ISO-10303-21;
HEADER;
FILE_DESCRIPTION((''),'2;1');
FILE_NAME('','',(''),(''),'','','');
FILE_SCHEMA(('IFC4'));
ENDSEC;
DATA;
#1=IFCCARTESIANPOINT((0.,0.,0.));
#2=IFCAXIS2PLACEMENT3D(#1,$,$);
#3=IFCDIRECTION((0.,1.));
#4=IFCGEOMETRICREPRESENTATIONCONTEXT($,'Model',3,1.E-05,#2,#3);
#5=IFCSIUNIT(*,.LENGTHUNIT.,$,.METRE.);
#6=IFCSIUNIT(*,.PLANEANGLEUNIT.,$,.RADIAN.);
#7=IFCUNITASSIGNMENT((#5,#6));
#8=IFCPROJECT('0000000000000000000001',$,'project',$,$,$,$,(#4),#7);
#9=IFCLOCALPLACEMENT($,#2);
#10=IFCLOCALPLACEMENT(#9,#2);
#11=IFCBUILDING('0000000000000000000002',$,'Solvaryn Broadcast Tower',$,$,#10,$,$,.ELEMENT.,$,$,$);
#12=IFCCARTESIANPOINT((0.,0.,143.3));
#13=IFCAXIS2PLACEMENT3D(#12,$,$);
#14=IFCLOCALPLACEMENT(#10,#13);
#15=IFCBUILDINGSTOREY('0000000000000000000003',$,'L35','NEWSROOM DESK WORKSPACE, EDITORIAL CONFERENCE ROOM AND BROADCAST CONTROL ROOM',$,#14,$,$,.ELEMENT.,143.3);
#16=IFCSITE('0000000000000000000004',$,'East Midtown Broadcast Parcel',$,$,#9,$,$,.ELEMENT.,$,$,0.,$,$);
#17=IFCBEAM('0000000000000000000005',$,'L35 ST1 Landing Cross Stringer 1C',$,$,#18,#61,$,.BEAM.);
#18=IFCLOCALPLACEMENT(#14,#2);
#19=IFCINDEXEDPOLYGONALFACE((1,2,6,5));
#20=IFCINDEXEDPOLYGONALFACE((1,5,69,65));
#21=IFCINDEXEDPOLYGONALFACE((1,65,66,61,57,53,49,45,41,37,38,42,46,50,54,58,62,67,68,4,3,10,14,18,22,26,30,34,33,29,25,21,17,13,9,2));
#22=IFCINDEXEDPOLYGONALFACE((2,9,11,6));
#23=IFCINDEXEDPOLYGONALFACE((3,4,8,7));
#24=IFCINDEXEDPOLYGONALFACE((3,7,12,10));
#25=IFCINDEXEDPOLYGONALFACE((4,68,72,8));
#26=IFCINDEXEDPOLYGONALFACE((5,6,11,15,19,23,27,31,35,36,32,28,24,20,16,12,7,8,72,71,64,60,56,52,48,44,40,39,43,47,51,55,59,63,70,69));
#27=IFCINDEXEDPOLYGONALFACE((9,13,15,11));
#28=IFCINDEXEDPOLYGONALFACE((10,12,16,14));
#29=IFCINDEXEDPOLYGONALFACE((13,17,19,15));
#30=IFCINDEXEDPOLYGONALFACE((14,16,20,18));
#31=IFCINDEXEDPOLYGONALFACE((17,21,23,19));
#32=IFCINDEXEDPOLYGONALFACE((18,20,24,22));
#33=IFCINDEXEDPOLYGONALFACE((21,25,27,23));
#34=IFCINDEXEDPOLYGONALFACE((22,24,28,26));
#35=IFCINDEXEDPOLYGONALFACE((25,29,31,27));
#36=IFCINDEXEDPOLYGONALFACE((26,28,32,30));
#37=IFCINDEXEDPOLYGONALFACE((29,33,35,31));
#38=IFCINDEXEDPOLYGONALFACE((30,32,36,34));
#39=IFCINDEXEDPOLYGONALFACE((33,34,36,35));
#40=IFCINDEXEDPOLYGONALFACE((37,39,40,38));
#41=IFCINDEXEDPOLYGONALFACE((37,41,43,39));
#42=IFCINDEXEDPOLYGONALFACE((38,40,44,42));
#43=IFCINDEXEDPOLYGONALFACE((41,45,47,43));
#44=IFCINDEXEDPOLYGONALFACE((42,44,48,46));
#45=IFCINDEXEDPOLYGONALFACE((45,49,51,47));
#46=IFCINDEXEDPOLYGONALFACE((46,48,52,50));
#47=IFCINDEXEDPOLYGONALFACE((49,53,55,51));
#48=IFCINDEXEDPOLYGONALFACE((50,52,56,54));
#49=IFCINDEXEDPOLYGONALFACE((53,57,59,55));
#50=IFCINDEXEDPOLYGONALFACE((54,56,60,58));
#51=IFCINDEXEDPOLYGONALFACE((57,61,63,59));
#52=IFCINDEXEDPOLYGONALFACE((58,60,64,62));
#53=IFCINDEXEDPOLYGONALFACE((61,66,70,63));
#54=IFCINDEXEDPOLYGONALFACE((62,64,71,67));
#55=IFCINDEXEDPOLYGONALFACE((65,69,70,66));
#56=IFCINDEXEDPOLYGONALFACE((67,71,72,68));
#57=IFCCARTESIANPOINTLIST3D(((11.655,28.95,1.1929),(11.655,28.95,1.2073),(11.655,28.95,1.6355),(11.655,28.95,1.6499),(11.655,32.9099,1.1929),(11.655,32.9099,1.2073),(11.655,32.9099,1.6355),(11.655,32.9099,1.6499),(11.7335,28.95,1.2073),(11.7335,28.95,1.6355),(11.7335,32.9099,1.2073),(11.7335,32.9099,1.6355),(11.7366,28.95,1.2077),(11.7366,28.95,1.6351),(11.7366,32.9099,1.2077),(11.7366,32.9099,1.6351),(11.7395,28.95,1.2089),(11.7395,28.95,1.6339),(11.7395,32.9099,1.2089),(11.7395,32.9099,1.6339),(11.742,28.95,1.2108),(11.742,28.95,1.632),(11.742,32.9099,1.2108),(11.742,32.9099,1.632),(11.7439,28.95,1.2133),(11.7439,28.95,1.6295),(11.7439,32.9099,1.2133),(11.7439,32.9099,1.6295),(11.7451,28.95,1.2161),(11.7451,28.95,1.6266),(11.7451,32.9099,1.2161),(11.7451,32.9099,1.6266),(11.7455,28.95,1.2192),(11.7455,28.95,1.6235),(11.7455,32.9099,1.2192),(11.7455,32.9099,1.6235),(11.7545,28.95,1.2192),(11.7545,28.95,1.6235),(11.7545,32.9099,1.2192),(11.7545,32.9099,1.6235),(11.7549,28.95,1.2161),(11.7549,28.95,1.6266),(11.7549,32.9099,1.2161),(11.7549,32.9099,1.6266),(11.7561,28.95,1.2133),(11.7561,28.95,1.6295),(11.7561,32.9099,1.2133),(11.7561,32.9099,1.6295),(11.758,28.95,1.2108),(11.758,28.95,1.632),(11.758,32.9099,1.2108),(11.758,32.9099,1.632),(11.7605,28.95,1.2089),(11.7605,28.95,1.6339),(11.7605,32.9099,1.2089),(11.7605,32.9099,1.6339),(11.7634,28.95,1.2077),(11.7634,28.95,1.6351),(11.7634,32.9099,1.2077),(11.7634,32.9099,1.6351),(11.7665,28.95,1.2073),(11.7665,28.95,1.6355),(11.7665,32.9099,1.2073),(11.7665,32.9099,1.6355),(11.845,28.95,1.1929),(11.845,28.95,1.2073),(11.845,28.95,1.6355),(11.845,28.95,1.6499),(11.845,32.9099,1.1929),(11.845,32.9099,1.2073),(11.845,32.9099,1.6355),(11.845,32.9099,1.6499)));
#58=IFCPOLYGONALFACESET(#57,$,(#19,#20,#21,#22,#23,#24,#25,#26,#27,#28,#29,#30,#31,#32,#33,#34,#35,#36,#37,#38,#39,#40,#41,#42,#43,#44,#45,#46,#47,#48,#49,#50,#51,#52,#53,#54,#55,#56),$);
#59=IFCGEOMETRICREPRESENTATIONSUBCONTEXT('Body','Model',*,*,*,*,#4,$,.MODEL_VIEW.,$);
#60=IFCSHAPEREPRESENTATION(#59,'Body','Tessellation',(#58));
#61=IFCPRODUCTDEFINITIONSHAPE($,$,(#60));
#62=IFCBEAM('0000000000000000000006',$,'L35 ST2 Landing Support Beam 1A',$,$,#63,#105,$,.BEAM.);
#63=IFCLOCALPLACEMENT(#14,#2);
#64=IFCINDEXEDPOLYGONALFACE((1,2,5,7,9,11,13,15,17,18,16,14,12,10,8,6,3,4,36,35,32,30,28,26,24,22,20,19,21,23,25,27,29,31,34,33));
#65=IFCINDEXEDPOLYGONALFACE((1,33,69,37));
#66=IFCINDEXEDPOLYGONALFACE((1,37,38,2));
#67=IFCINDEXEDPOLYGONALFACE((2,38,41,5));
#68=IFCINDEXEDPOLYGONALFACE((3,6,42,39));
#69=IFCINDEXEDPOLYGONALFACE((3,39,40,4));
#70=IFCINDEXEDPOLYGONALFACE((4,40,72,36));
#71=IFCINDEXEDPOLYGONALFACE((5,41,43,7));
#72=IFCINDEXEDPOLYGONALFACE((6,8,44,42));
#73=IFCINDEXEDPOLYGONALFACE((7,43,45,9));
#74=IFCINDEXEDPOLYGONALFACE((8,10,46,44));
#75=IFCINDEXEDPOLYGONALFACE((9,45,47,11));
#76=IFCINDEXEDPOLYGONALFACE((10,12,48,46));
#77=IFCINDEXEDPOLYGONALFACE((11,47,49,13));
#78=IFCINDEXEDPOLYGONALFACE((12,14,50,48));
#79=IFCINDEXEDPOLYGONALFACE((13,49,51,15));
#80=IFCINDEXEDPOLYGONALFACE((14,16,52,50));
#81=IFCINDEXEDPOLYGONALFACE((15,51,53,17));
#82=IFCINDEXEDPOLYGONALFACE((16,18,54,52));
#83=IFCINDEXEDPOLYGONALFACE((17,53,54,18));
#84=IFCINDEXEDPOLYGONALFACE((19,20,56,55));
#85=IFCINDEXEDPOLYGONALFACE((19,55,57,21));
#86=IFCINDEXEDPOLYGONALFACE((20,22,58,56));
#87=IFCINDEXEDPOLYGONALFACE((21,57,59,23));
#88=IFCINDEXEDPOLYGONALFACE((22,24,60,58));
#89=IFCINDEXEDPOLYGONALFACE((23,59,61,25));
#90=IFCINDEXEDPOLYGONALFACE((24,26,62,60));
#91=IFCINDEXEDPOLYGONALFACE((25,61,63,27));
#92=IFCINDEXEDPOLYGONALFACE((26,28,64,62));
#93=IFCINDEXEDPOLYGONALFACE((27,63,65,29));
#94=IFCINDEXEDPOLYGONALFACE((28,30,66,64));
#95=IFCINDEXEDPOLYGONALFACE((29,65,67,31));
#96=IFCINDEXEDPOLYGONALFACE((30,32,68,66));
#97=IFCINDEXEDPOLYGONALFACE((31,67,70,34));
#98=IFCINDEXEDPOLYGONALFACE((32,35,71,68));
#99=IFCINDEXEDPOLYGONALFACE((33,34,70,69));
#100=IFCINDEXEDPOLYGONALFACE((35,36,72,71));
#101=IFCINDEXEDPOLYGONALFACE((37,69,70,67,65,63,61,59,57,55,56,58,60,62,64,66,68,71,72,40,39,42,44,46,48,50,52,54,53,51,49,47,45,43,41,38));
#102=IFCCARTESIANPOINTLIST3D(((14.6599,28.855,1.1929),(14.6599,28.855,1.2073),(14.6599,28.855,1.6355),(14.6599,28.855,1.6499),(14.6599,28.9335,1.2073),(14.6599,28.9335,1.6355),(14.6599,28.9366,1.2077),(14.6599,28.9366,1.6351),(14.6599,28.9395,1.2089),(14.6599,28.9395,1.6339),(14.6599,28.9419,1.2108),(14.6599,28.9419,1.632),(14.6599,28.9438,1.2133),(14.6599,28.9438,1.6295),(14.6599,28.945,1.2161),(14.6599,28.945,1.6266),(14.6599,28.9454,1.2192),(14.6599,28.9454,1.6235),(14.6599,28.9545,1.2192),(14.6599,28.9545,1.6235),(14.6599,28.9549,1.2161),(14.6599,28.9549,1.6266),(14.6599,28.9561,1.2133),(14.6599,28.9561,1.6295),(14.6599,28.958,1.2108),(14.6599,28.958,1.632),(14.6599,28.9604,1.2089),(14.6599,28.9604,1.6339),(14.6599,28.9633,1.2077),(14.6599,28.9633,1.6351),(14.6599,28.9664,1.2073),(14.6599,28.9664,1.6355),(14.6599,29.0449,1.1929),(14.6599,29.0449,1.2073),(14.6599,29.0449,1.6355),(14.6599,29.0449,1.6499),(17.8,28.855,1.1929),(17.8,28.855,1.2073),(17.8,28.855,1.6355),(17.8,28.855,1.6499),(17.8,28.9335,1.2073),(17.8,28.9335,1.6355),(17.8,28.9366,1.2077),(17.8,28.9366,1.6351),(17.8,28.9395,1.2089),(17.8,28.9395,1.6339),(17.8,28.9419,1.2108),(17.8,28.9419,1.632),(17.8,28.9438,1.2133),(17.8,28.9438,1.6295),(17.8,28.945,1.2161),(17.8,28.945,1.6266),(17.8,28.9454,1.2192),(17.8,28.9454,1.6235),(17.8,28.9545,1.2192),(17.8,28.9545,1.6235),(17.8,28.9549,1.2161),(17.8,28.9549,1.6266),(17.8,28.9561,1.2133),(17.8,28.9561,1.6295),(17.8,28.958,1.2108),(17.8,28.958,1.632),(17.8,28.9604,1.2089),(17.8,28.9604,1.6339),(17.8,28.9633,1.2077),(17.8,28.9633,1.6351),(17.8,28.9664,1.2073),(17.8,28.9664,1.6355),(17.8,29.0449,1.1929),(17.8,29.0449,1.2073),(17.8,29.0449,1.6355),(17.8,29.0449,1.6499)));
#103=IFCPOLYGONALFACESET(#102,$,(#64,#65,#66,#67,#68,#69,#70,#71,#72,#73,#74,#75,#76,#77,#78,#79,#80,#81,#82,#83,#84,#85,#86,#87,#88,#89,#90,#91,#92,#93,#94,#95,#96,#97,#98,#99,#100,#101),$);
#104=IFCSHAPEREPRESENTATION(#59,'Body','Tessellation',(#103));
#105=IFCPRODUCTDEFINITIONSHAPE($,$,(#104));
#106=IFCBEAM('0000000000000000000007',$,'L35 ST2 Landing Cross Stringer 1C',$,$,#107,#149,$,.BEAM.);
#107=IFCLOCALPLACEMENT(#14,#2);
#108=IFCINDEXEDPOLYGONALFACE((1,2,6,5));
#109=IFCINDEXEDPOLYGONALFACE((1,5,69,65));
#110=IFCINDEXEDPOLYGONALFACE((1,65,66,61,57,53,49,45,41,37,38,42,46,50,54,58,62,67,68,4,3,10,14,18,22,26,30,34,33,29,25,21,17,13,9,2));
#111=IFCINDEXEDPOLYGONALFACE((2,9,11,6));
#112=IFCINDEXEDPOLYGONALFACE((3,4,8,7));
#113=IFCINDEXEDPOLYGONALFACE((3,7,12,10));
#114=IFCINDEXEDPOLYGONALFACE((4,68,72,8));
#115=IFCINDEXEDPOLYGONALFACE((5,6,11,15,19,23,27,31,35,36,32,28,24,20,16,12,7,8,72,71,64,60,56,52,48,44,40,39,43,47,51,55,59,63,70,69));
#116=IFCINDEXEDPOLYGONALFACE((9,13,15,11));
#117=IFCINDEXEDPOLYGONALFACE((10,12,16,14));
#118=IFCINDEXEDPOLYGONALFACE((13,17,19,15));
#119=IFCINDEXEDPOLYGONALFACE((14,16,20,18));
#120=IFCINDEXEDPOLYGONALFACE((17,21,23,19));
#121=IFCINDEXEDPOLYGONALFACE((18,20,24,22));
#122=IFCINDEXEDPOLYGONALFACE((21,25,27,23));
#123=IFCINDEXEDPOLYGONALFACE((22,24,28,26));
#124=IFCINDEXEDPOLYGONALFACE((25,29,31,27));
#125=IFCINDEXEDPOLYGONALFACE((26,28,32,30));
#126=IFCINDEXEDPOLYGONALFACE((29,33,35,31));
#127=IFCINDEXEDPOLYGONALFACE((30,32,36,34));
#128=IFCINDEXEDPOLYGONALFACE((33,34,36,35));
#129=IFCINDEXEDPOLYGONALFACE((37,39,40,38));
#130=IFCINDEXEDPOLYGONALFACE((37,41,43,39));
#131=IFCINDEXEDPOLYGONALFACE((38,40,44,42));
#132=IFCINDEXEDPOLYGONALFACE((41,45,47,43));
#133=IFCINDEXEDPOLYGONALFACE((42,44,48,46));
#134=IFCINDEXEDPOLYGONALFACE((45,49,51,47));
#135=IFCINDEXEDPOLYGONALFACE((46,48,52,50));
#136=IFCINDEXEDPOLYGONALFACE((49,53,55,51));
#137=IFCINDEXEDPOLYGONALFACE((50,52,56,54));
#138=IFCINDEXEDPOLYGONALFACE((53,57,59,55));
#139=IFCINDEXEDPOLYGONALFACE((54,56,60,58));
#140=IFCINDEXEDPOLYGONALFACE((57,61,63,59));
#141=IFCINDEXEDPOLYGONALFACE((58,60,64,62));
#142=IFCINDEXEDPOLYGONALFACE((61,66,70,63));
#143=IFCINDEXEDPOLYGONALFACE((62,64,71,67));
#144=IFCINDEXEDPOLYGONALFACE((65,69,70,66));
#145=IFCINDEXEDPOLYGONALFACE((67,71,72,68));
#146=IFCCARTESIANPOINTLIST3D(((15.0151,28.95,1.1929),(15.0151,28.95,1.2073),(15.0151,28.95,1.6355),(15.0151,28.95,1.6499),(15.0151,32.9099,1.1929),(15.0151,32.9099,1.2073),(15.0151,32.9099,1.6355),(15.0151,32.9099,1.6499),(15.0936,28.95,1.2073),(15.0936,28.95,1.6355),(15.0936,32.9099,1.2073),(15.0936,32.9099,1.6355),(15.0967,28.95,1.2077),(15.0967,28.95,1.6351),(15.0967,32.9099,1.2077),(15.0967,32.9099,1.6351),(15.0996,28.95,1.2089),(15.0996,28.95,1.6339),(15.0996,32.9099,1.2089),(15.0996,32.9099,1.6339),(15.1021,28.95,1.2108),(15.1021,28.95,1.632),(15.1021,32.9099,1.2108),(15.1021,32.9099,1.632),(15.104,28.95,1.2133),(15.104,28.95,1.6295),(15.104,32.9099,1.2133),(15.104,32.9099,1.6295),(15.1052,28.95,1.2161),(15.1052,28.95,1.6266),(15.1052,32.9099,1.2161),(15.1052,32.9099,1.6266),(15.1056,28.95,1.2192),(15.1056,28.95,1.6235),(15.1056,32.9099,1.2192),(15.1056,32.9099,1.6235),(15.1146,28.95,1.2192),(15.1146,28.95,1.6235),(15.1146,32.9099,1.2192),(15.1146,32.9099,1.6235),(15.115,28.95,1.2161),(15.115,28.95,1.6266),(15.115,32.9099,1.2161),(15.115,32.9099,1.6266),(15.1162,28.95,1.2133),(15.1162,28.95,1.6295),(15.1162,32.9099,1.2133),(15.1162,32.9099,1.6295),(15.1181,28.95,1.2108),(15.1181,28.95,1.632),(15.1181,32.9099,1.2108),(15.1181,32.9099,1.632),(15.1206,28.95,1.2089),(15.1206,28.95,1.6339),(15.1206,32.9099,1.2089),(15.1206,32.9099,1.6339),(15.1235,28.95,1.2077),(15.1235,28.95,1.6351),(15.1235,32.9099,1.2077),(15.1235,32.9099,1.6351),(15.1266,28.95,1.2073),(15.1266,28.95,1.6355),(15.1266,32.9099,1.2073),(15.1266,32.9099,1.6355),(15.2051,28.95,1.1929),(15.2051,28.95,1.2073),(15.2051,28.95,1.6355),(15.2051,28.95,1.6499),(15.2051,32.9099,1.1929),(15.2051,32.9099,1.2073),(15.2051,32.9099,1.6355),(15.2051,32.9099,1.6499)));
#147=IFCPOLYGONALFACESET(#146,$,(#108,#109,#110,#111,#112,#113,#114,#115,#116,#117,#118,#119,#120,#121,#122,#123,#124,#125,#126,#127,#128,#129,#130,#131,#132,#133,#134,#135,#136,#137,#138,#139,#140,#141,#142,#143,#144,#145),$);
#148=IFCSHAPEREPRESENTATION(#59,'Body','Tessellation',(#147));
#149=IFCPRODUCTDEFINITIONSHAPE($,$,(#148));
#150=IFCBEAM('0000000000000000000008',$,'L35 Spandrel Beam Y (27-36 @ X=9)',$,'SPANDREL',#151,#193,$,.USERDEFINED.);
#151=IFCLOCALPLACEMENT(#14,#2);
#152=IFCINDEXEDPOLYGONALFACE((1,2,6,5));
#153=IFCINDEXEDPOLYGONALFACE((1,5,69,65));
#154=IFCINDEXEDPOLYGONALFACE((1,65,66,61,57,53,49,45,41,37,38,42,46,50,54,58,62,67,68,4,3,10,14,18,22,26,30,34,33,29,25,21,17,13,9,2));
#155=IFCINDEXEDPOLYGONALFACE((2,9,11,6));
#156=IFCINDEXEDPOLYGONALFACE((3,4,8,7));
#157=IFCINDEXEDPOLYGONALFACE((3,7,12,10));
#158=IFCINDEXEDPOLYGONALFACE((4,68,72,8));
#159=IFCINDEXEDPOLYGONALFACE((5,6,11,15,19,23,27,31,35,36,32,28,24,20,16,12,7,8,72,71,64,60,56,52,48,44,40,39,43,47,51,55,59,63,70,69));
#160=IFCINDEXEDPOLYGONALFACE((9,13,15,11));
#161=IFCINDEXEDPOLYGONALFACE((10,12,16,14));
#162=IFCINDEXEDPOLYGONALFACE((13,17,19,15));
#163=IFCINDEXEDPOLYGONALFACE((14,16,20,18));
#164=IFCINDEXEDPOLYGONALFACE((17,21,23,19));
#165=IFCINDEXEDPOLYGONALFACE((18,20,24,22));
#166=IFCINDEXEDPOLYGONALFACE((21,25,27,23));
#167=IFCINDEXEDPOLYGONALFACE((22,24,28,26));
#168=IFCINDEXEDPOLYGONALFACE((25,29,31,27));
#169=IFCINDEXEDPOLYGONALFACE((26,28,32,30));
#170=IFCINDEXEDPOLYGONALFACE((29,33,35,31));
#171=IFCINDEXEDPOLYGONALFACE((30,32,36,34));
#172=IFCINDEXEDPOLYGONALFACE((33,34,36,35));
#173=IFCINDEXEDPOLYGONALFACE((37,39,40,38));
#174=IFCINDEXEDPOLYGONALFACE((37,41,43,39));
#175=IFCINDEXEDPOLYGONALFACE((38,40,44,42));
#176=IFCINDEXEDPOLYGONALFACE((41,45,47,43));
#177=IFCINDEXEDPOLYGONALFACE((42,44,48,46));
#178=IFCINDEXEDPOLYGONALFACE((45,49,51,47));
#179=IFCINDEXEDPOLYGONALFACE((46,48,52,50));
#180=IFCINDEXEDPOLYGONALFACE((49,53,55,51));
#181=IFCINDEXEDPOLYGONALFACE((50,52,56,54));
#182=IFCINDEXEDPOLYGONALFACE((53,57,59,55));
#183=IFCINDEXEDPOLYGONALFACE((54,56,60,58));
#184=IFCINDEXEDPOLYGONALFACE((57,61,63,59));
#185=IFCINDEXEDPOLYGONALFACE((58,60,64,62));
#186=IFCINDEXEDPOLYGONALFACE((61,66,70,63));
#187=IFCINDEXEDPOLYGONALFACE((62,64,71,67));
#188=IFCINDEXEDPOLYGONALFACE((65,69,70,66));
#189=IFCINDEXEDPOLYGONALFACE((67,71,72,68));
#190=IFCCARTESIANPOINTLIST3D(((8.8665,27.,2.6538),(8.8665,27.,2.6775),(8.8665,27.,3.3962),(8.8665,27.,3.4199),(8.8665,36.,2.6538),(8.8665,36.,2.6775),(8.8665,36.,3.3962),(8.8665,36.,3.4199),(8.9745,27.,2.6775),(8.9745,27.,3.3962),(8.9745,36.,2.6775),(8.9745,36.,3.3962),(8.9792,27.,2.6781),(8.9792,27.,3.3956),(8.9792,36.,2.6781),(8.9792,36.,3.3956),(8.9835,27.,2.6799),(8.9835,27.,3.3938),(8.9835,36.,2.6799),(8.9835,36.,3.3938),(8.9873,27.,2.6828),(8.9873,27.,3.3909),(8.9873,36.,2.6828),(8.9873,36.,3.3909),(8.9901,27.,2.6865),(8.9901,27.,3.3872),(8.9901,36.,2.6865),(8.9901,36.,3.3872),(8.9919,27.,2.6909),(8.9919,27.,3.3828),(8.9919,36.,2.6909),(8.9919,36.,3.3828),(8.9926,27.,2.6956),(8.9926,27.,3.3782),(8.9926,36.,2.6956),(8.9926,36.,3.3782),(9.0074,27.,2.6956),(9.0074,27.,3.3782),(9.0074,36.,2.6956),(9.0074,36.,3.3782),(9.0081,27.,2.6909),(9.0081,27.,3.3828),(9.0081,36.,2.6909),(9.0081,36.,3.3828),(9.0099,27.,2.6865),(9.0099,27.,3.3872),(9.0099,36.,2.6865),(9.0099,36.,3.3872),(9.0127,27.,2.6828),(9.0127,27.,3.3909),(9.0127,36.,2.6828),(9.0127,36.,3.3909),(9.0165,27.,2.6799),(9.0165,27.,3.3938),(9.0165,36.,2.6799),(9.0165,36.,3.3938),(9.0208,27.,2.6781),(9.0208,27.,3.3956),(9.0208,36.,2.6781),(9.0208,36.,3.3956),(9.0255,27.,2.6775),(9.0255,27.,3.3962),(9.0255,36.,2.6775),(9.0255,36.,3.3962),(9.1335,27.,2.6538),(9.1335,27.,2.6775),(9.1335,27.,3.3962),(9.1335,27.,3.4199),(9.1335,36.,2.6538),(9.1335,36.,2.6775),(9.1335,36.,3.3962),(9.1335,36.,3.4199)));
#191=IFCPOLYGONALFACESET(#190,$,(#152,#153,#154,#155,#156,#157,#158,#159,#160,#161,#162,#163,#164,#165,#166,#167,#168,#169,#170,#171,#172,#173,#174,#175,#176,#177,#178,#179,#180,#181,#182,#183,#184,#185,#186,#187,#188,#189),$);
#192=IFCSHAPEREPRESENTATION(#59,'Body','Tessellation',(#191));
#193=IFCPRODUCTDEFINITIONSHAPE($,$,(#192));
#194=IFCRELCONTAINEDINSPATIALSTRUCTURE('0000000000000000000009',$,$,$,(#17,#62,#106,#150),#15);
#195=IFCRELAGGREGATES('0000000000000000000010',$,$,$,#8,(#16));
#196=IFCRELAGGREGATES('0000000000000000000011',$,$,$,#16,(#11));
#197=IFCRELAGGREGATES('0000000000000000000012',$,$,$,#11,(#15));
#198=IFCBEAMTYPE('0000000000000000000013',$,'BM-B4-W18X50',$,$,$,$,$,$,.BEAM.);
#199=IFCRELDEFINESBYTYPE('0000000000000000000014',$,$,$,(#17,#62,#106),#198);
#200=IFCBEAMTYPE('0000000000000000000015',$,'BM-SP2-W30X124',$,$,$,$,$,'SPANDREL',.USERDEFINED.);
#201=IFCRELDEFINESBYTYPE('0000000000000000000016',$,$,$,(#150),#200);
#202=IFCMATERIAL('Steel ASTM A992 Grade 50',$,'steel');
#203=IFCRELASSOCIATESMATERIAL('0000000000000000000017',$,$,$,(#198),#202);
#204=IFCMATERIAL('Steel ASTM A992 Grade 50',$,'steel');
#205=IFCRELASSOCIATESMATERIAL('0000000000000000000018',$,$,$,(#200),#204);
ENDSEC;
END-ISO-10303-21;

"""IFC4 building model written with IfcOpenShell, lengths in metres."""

from ifc_helpers import new_model, si_unit, direction, frame, origin, origin_2d, place, context, subcontext, project, spatial, i_section, extrude, material, material_profile, profile_set, type_object, element, save


model = new_model("IFC4")

# Units and contexts
model_context = context("Model", 3, precision=1e-05, world=origin(), true_north=direction((0.0, 1.0)))
body_context = subcontext(model_context, "Body", "Model", "MODEL_VIEW")
ifc_project = project(units=[si_unit("LENGTHUNIT", "METRE"), si_unit("PLANEANGLEUNIT", "RADIAN")], contexts=[model_context])

# Site, building, storey
site_placement = place(None, origin())
site = spatial("IfcSite", under=ifc_project, at=site_placement, Name="East Midtown Broadcast Parcel", CompositionType="ELEMENT", RefElevation=0.0)
building_placement = place(site_placement, origin())
building = spatial("IfcBuilding", under=site, at=building_placement, Name="Solvaryn Broadcast Tower", CompositionType="ELEMENT")
storey_placement = place(building_placement, frame((0.0, 0.0, 143.3)))
storey = spatial("IfcBuildingStorey", under=building, at=storey_placement, Name="L35", Description="NEWSROOM DESK WORKSPACE, EDITORIAL CONFERENCE ROOM AND BROADCAST CONTROL ROOM", CompositionType="ELEMENT", Elevation=143.3)

# Beams
ifc_material_1 = material(Name="Steel ASTM A992 Grade 50", Category="steel")
ifc_material_profile_1 = material_profile(ifc_material_1, i_section(OverallWidth=0.1899, OverallDepth=0.457, WebThickness=0.009, FlangeThickness=0.0144, FilletRadius=0.012, at=origin_2d()))
ifc_profile_set_1 = profile_set([ifc_material_profile_1], Name="Steel ASTM A992 Grade 50")
beam_type_1 = type_object("IfcBeamType", Name="BM-B4-W18X50", PredefinedType="BEAM", material=ifc_profile_set_1)
beam_1_placement = place(storey_placement, frame((11.75, 28.95, 1.4214), z_axis=(0.0, 1.0, 0.0), x_axis=(-1.0, 0.0, 0.0)))
element("IfcBeam", 1, at=beam_1_placement, inside=storey, type_object=beam_type_1, Name="L35 ST1 Landing Cross Stringer 1C", PredefinedType="BEAM", context=body_context, shape_type="SweptSolid", body=[
    extrude(i_section(OverallWidth=0.1899, OverallDepth=0.457, WebThickness=0.009, FlangeThickness=0.0144, FilletRadius=0.012, at=origin_2d()), origin(), (0.0, 0.0, 1.0), 3.96),
])
beam_2_placement = place(storey_placement, frame((14.6599, 28.95, 1.4214), z_axis=(1.0, 0.0, 0.0), x_axis=(0.0, 1.0, 0.0)))
element("IfcBeam", 2, at=beam_2_placement, inside=storey, type_object=beam_type_1, Name="L35 ST2 Landing Support Beam 1A", PredefinedType="BEAM", context=body_context, shape_type="SweptSolid", body=[
    extrude(i_section(OverallWidth=0.1899, OverallDepth=0.457, WebThickness=0.009, FlangeThickness=0.0144, FilletRadius=0.012, at=origin_2d()), origin(), (0.0, 0.0, 1.0), 3.1401),
])
beam_3_placement = place(storey_placement, frame((15.1101, 28.95, 1.4214), z_axis=(0.0, 1.0, 0.0), x_axis=(-1.0, 0.0, 0.0)))
element("IfcBeam", 3, at=beam_3_placement, inside=storey, type_object=beam_type_1, Name="L35 ST2 Landing Cross Stringer 1C", PredefinedType="BEAM", context=body_context, shape_type="SweptSolid", body=[
    extrude(i_section(OverallWidth=0.1899, OverallDepth=0.457, WebThickness=0.009, FlangeThickness=0.0144, FilletRadius=0.012, at=origin_2d()), origin(), (0.0, 0.0, 1.0), 3.96),
])
ifc_material_2 = material(Name="Steel ASTM A992 Grade 50", Category="steel")
ifc_material_profile_2 = material_profile(ifc_material_2, i_section(OverallWidth=0.2671, OverallDepth=0.7661, WebThickness=0.0149, FlangeThickness=0.0237, FilletRadius=0.0181, at=origin_2d()))
ifc_profile_set_2 = profile_set([ifc_material_profile_2], Name="Steel ASTM A992 Grade 50")
beam_type_2 = type_object("IfcBeamType", Name="BM-SP2-W30X124", ElementType="SPANDREL", PredefinedType="USERDEFINED", material=ifc_profile_set_2)
beam_4_placement = place(storey_placement, frame((9.0, 27.0, 3.0369), z_axis=(0.0, 1.0, 0.0), x_axis=(-1.0, 0.0, 0.0)))
element("IfcBeam", 4, at=beam_4_placement, inside=storey, type_object=beam_type_2, Name="L35 Spandrel Beam Y (27-36 @ X=9)", ObjectType="SPANDREL", PredefinedType="USERDEFINED", context=body_context, shape_type="SweptSolid", body=[
    extrude(i_section(OverallWidth=0.2671, OverallDepth=0.7661, WebThickness=0.0149, FlangeThickness=0.0237, FilletRadius=0.0181, at=origin_2d()), origin(), (0.0, 0.0, 1.0), 9.0),
])

save(model, "model.ifc")
